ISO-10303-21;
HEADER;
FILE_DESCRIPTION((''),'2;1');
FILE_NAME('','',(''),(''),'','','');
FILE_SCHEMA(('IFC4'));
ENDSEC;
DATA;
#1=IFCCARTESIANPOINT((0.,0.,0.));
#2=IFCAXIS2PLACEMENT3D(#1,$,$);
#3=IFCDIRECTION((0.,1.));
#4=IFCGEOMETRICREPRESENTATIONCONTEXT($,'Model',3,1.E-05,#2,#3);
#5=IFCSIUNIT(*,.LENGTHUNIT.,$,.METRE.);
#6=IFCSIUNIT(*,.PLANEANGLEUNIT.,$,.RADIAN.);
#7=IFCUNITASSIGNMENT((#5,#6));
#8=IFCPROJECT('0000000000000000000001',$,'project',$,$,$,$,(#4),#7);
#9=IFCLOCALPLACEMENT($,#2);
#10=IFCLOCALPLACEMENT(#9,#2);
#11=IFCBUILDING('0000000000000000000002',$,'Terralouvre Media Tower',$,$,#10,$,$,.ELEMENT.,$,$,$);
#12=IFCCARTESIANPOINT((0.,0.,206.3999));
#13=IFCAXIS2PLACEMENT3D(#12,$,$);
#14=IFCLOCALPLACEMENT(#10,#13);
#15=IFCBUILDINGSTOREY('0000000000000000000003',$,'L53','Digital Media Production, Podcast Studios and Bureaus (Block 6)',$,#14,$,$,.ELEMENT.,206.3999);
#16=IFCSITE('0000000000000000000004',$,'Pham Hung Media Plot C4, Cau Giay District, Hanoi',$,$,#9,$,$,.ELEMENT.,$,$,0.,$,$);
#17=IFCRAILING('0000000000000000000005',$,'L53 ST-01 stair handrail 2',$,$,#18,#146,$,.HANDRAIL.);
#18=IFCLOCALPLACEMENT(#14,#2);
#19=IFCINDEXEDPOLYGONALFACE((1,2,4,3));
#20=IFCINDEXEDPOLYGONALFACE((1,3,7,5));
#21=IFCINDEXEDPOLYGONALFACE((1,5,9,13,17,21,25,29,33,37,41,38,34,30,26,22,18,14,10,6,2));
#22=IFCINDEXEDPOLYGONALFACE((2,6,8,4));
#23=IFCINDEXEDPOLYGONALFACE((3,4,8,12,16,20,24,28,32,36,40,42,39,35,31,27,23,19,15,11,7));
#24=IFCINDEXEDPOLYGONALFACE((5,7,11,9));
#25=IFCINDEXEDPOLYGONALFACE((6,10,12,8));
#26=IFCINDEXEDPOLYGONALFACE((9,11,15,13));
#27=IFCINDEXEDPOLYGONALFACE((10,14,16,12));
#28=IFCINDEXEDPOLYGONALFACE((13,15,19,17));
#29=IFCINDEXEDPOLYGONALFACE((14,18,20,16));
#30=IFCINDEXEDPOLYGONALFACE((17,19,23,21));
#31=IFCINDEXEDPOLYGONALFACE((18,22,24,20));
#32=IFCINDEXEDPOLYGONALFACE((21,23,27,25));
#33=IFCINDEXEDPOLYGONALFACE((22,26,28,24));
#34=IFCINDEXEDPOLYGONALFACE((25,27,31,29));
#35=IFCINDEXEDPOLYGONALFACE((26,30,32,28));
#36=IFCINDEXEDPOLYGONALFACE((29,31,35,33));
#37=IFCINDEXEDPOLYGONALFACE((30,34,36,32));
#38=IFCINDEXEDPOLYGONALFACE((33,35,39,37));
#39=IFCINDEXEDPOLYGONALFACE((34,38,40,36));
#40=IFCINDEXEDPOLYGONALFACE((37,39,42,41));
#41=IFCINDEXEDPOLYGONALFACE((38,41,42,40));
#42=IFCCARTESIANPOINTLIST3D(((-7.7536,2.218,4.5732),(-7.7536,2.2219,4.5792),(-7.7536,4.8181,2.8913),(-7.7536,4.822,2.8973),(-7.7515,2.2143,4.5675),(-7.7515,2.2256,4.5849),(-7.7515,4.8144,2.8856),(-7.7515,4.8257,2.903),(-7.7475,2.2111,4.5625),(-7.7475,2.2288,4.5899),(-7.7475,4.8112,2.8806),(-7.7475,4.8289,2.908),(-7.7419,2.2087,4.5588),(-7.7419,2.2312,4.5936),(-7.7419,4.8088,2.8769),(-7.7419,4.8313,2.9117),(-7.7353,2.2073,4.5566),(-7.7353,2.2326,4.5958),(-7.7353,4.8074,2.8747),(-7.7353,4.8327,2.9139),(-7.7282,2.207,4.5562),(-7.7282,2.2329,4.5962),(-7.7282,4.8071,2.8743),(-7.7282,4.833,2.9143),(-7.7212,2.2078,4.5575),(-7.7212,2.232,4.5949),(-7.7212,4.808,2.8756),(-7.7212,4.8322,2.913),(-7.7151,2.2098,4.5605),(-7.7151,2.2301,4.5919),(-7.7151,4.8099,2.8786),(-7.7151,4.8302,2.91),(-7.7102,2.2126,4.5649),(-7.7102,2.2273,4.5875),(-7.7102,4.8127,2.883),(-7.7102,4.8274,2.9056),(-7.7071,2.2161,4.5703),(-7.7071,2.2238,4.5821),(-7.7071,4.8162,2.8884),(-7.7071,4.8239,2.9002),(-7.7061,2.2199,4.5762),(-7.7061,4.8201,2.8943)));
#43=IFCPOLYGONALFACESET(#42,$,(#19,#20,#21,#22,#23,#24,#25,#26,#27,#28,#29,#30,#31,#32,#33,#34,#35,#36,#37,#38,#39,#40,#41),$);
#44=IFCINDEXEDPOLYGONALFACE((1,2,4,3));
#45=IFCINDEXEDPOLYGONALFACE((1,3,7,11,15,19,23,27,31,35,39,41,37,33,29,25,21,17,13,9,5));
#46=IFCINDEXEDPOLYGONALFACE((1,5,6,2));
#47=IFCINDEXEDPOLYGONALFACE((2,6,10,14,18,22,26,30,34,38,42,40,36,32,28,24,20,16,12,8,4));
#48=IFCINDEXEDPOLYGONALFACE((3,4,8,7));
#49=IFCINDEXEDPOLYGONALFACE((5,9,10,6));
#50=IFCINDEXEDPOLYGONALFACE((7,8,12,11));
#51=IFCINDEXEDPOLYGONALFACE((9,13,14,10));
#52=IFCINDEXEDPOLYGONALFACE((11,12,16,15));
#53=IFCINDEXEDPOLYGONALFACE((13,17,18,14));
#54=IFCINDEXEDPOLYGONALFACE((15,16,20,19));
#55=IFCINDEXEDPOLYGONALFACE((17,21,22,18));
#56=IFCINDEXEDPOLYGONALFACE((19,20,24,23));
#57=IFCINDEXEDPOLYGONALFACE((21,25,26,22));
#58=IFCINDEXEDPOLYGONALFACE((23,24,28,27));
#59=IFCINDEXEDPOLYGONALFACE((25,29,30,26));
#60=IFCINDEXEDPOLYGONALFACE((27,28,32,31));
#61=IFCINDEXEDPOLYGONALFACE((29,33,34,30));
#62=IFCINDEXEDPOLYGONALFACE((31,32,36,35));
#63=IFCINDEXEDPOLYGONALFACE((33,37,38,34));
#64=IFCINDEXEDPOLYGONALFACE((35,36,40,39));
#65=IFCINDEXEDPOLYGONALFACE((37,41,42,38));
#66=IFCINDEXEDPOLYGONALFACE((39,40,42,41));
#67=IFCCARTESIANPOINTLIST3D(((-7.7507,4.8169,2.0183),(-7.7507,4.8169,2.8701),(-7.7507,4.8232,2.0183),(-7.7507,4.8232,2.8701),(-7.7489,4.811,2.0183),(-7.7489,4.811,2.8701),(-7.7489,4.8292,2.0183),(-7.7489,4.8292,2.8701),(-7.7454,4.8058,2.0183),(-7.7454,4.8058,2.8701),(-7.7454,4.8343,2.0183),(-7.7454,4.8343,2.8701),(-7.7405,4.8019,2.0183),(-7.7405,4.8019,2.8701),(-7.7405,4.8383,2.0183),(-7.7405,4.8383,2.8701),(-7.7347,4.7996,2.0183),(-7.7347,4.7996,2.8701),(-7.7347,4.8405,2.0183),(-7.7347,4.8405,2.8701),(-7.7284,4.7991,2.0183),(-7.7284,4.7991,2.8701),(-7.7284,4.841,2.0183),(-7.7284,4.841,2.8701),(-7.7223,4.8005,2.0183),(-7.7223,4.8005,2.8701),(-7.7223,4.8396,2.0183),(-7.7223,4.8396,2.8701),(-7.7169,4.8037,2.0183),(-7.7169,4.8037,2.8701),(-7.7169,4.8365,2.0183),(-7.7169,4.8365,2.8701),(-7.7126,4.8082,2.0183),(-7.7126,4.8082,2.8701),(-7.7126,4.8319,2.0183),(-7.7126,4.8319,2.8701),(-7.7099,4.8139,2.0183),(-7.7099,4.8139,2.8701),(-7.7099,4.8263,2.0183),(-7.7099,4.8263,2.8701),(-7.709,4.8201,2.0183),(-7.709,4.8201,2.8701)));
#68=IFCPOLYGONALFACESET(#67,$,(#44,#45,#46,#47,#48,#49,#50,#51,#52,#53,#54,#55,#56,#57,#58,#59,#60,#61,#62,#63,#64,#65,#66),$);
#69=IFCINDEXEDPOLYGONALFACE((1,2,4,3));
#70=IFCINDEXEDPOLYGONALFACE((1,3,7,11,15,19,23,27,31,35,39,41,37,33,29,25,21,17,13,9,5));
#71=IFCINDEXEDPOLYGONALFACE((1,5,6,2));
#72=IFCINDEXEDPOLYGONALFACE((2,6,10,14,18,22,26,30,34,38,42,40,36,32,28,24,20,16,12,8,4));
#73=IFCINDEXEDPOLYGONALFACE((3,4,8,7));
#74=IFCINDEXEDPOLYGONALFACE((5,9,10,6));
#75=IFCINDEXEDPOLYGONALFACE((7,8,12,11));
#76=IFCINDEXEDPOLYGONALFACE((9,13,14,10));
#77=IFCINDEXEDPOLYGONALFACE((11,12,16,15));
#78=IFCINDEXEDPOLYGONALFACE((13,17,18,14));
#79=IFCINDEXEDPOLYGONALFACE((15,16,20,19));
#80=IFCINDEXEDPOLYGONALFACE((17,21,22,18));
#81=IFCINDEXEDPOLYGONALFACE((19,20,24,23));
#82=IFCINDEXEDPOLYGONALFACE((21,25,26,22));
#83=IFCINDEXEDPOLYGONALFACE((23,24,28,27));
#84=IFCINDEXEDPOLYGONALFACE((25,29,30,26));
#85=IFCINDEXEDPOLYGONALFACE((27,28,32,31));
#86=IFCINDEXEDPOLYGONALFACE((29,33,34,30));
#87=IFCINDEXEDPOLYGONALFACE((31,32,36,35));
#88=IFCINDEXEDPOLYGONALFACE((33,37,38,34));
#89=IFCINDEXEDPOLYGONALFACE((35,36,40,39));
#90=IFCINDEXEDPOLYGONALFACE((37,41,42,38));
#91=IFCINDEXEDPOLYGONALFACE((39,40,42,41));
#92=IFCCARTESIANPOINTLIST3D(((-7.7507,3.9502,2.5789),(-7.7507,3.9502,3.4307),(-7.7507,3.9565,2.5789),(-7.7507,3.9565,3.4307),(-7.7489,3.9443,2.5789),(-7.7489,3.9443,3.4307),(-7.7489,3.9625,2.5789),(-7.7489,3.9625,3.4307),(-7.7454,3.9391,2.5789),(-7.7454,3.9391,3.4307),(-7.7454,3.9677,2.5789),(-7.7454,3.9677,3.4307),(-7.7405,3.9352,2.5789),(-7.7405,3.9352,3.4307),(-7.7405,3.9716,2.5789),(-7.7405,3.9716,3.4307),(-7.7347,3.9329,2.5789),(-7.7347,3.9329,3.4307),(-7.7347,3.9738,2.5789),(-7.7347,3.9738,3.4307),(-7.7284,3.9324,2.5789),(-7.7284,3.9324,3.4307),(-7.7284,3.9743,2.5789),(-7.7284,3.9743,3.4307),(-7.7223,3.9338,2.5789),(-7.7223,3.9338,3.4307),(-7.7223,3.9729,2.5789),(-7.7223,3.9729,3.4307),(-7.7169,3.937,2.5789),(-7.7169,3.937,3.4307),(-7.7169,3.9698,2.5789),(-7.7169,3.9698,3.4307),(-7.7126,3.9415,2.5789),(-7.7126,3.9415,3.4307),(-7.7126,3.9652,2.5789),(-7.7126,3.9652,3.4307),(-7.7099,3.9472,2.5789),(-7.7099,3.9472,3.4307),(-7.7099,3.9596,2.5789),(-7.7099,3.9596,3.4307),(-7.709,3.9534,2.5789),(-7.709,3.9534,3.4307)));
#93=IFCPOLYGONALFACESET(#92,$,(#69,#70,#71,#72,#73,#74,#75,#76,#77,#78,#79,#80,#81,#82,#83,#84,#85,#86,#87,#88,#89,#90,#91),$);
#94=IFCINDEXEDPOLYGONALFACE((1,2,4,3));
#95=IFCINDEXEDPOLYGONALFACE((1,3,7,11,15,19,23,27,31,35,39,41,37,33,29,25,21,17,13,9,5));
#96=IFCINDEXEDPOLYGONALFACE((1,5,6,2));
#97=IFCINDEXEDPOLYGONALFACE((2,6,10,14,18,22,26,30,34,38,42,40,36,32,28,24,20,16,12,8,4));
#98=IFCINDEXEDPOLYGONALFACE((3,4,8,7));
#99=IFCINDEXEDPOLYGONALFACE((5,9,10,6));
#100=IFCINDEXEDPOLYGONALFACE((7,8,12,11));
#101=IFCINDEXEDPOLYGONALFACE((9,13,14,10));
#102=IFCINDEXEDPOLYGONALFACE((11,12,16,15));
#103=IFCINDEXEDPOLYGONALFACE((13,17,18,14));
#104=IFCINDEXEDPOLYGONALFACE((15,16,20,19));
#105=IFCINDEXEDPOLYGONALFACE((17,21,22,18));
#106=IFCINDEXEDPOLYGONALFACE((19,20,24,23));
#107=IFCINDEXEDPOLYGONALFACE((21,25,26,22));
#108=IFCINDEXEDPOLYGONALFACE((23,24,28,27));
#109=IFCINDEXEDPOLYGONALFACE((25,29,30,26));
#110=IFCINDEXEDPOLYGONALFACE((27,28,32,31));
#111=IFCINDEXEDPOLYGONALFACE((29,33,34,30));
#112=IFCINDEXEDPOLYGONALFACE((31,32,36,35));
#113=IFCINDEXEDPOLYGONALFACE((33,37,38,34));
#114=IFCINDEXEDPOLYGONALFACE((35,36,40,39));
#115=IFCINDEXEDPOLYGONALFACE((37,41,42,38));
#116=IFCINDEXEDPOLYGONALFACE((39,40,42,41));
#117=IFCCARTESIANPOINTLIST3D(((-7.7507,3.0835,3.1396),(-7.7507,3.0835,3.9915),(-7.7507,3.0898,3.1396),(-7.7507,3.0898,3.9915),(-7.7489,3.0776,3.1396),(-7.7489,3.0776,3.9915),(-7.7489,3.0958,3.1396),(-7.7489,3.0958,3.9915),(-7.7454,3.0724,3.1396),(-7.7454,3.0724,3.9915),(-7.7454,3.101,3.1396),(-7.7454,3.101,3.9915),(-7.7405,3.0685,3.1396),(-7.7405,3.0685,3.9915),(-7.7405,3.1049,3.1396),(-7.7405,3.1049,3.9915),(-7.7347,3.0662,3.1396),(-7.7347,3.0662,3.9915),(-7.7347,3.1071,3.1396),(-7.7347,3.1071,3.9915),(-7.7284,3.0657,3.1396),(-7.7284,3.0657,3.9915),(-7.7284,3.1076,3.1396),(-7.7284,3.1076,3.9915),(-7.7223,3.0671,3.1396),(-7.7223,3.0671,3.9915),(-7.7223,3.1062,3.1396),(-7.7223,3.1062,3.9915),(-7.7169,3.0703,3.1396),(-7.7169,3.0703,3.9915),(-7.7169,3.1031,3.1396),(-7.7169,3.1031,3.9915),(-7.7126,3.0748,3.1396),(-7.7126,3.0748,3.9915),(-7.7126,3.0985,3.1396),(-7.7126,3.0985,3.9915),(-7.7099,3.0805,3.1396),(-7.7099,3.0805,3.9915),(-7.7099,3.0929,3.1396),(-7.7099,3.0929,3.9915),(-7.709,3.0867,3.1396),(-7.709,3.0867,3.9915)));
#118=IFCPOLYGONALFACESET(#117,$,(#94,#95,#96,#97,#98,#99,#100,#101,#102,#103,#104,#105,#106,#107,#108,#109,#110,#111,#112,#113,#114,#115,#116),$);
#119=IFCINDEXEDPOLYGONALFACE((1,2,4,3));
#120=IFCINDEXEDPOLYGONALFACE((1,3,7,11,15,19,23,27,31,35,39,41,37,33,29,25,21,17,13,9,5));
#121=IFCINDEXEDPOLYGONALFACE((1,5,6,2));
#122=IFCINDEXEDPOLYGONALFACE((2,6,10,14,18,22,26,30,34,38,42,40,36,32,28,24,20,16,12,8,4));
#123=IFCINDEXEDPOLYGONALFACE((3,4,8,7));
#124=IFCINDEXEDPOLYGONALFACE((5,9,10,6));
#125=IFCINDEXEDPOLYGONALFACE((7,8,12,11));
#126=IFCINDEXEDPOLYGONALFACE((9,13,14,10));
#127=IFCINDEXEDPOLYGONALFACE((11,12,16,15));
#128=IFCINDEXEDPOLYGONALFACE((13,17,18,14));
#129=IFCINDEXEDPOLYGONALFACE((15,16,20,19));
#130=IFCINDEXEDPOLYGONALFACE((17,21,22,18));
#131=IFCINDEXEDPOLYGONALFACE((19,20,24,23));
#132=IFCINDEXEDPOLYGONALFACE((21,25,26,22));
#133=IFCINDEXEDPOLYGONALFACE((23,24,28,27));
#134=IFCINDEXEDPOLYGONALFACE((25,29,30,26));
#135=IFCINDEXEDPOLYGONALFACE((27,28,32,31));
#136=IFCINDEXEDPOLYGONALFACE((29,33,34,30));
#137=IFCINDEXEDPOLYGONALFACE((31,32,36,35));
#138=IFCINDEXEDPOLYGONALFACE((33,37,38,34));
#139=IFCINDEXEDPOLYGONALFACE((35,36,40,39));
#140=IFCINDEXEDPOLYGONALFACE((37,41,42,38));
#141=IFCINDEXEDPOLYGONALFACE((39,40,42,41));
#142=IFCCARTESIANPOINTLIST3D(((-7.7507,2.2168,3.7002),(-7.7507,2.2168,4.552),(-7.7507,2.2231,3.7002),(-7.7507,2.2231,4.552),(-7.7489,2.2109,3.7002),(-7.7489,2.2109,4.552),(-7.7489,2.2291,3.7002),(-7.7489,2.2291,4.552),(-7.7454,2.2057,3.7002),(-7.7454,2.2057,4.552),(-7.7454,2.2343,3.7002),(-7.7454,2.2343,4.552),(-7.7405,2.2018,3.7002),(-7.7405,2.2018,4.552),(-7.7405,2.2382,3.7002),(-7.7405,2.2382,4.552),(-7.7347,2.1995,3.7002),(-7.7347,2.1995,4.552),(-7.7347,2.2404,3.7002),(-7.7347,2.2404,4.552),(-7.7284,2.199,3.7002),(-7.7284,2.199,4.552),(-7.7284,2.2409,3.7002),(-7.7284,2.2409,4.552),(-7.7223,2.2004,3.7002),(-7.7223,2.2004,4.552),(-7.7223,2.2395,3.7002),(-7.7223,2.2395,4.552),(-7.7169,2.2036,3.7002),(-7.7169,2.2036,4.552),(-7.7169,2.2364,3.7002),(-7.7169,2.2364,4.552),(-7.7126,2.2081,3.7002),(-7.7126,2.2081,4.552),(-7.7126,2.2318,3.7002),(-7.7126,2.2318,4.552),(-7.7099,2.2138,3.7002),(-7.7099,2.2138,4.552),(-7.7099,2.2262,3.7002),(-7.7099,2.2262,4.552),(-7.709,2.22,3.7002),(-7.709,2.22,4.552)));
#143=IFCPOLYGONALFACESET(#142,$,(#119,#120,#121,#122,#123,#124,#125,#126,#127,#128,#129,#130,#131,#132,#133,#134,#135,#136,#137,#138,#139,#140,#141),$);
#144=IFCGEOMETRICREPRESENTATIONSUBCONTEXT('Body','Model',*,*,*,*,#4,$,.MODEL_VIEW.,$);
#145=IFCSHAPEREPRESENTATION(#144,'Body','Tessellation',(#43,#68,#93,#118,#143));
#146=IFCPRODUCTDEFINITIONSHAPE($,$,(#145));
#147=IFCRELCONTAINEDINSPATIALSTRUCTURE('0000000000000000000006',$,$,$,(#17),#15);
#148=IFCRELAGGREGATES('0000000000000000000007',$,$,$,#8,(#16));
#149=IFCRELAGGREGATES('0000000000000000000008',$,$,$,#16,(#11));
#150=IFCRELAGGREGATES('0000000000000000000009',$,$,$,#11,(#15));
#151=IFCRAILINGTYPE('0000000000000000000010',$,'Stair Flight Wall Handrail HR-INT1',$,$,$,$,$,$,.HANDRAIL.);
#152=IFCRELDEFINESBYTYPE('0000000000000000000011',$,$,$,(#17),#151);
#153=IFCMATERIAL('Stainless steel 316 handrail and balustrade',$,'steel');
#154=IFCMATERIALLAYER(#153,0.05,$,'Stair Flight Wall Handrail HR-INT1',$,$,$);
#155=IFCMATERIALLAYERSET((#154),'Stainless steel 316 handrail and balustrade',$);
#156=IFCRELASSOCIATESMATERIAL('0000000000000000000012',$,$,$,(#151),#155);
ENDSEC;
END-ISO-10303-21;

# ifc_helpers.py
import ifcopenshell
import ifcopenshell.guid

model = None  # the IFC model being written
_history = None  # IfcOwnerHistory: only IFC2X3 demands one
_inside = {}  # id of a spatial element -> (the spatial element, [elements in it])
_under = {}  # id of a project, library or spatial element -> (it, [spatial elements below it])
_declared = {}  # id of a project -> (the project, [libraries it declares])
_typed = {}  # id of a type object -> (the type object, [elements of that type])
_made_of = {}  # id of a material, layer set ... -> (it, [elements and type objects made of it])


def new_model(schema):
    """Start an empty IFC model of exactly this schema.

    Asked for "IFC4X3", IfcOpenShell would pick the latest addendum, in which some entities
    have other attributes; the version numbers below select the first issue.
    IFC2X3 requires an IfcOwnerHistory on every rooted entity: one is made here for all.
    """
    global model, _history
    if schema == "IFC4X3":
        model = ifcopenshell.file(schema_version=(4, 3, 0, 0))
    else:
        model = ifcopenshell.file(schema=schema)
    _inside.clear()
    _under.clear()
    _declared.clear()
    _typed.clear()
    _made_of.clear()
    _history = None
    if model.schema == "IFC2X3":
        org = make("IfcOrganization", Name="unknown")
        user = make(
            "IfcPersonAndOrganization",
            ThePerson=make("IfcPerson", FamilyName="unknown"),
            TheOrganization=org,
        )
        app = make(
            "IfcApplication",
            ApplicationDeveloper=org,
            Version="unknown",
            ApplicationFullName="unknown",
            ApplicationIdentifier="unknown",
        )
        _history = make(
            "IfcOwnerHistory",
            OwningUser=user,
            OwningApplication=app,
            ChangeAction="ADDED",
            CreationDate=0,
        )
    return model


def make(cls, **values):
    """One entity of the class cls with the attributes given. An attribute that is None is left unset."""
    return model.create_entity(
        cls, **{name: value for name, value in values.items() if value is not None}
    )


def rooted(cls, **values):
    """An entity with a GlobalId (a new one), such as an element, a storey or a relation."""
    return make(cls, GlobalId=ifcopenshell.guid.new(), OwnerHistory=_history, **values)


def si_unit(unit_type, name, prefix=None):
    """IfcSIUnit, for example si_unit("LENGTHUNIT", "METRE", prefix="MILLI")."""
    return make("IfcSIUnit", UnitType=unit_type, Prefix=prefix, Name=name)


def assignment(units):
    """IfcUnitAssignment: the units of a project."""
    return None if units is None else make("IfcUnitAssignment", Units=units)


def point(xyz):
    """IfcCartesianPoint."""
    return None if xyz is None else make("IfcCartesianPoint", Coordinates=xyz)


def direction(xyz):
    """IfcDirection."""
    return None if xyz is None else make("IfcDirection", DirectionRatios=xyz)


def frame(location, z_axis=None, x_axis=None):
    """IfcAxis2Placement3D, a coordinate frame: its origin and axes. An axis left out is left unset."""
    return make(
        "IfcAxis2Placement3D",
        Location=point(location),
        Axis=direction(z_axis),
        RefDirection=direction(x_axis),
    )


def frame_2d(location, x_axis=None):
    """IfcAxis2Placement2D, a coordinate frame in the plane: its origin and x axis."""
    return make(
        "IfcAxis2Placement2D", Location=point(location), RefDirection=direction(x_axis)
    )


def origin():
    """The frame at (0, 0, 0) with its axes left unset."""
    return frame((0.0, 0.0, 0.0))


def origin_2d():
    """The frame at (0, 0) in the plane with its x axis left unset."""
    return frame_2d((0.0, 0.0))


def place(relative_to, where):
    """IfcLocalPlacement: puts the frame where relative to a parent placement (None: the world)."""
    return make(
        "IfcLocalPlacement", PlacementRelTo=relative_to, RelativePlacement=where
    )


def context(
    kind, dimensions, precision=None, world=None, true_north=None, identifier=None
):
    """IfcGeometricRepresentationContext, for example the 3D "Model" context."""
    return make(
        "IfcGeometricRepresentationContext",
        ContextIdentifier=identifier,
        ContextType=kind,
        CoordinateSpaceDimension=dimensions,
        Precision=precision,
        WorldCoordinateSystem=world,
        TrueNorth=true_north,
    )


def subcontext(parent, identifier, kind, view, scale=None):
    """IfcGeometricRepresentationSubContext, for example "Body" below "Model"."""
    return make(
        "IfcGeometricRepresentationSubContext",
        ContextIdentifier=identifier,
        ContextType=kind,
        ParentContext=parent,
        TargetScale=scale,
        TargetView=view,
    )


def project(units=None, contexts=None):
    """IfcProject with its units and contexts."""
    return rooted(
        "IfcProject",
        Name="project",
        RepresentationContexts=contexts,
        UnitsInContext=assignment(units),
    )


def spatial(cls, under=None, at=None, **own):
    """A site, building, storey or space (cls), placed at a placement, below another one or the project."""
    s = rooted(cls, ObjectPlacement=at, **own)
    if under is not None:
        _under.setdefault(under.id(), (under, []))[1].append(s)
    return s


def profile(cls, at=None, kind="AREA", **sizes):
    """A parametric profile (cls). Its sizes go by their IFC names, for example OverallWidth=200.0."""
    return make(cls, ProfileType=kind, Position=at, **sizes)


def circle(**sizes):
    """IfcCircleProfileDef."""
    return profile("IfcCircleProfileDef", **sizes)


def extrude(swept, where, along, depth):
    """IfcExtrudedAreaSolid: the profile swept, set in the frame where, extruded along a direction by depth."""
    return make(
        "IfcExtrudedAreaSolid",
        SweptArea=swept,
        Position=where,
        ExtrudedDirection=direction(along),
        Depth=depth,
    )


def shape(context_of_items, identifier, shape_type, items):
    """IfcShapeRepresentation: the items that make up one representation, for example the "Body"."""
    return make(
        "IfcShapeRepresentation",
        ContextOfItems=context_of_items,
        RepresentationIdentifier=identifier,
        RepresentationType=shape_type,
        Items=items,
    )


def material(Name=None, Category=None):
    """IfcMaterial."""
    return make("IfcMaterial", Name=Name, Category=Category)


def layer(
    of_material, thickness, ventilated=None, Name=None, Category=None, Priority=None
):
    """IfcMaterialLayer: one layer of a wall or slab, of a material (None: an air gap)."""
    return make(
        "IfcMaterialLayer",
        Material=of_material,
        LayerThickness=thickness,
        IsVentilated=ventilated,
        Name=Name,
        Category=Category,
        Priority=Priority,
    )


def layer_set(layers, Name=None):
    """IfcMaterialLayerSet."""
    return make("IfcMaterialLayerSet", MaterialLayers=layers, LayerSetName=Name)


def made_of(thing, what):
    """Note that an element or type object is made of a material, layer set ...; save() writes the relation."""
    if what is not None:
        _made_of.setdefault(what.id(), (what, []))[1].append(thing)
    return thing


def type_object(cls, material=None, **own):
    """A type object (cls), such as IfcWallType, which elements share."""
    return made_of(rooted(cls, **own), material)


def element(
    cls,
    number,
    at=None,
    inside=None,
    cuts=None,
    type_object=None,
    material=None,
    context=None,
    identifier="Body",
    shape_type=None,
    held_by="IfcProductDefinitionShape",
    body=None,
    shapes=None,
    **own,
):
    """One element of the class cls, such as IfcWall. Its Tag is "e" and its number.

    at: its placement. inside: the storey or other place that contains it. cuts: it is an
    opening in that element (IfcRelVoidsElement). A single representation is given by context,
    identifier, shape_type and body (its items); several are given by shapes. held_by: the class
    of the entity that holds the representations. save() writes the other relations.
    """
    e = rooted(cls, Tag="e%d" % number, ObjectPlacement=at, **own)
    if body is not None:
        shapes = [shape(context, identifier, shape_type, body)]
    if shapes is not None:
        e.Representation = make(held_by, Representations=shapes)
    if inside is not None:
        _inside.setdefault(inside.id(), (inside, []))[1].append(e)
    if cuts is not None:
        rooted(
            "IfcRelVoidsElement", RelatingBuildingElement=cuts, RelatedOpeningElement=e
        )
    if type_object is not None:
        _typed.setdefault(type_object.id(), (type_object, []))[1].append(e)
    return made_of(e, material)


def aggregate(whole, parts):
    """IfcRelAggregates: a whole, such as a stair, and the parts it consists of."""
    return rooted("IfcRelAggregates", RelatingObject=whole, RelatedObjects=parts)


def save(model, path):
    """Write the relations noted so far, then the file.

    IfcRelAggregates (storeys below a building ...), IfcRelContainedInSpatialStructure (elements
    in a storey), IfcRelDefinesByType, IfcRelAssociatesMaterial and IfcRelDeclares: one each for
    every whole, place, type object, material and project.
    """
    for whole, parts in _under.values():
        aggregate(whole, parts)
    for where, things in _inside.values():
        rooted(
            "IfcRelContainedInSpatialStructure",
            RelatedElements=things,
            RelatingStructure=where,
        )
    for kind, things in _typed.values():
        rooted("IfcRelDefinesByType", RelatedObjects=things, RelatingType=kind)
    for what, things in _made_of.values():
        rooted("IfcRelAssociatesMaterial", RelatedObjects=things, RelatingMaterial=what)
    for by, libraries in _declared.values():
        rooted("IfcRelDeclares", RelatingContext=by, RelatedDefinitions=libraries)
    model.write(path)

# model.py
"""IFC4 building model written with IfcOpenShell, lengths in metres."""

from ifc_helpers import new_model, si_unit, direction, frame, origin, origin_2d, place, context, subcontext, project, spatial, circle, extrude, material, layer, layer_set, type_object, element, save


model = new_model("IFC4")

# Units and contexts
model_context = context("Model", 3, precision=1e-05, world=origin(), true_north=direction((0.0, 1.0)))
body_context = subcontext(model_context, "Body", "Model", "MODEL_VIEW")
ifc_project = project(units=[si_unit("LENGTHUNIT", "METRE"), si_unit("PLANEANGLEUNIT", "RADIAN")], contexts=[model_context])

# Site, building, storey
site_placement = place(None, origin())
site = spatial("IfcSite", under=ifc_project, at=site_placement, Name="Pham Hung Media Plot C4, Cau Giay District, Hanoi", CompositionType="ELEMENT", RefElevation=0.0)
building_placement = place(site_placement, origin())
building = spatial("IfcBuilding", under=site, at=building_placement, Name="Terralouvre Media Tower", CompositionType="ELEMENT")
storey_placement = place(building_placement, frame((0.0, 0.0, 206.3999)))
storey = spatial("IfcBuildingStorey", under=building, at=storey_placement, Name="L53", Description="Digital Media Production, Podcast Studios and Bureaus (Block 6)", CompositionType="ELEMENT", Elevation=206.3999)

# Railing
ifc_material_1 = material(Name="Stainless steel 316 handrail and balustrade", Category="steel")
ifc_layer_1 = layer(ifc_material_1, 0.05, Name="Stair Flight Wall Handrail HR-INT1")
ifc_layer_set_1 = layer_set([ifc_layer_1], Name="Stainless steel 316 handrail and balustrade")
railing_type_1 = type_object("IfcRailingType", Name="Stair Flight Wall Handrail HR-INT1", PredefinedType="HANDRAIL", material=ifc_layer_set_1)
railing_1_placement = place(storey_placement, frame((-7.73, 4.8201, 2.0183)))
element("IfcRailing", 1, at=railing_1_placement, inside=storey, type_object=railing_type_1, Name="L53 ST-01 stair handrail 2", PredefinedType="HANDRAIL", context=body_context, shape_type="SweptSolid", body=[
    extrude(circle(Radius=0.0239, at=origin_2d()), frame((0.0, 0.0, 0.876), z_axis=(0.0, -0.839648, 0.54313), x_axis=(1.0, 0.0, 0.0)), (0.0, 0.0, 1.0), 3.0967),
    extrude(circle(Radius=0.021, at=origin_2d()), origin(), (0.0, 0.0, 1.0), 0.8518),
    extrude(circle(Radius=0.021, at=origin_2d()), frame((0.0, -0.8667, 0.5605)), (0.0, 0.0, 1.0), 0.8518),
    extrude(circle(Radius=0.021, at=origin_2d()), frame((0.0, -1.7334, 1.1213)), (0.0, 0.0, 1.0), 0.8518),
    extrude(circle(Radius=0.021, at=origin_2d()), frame((0.0, -2.6001, 1.6819)), (0.0, 0.0, 1.0), 0.8518),
])

save(model, "model.ifc")
